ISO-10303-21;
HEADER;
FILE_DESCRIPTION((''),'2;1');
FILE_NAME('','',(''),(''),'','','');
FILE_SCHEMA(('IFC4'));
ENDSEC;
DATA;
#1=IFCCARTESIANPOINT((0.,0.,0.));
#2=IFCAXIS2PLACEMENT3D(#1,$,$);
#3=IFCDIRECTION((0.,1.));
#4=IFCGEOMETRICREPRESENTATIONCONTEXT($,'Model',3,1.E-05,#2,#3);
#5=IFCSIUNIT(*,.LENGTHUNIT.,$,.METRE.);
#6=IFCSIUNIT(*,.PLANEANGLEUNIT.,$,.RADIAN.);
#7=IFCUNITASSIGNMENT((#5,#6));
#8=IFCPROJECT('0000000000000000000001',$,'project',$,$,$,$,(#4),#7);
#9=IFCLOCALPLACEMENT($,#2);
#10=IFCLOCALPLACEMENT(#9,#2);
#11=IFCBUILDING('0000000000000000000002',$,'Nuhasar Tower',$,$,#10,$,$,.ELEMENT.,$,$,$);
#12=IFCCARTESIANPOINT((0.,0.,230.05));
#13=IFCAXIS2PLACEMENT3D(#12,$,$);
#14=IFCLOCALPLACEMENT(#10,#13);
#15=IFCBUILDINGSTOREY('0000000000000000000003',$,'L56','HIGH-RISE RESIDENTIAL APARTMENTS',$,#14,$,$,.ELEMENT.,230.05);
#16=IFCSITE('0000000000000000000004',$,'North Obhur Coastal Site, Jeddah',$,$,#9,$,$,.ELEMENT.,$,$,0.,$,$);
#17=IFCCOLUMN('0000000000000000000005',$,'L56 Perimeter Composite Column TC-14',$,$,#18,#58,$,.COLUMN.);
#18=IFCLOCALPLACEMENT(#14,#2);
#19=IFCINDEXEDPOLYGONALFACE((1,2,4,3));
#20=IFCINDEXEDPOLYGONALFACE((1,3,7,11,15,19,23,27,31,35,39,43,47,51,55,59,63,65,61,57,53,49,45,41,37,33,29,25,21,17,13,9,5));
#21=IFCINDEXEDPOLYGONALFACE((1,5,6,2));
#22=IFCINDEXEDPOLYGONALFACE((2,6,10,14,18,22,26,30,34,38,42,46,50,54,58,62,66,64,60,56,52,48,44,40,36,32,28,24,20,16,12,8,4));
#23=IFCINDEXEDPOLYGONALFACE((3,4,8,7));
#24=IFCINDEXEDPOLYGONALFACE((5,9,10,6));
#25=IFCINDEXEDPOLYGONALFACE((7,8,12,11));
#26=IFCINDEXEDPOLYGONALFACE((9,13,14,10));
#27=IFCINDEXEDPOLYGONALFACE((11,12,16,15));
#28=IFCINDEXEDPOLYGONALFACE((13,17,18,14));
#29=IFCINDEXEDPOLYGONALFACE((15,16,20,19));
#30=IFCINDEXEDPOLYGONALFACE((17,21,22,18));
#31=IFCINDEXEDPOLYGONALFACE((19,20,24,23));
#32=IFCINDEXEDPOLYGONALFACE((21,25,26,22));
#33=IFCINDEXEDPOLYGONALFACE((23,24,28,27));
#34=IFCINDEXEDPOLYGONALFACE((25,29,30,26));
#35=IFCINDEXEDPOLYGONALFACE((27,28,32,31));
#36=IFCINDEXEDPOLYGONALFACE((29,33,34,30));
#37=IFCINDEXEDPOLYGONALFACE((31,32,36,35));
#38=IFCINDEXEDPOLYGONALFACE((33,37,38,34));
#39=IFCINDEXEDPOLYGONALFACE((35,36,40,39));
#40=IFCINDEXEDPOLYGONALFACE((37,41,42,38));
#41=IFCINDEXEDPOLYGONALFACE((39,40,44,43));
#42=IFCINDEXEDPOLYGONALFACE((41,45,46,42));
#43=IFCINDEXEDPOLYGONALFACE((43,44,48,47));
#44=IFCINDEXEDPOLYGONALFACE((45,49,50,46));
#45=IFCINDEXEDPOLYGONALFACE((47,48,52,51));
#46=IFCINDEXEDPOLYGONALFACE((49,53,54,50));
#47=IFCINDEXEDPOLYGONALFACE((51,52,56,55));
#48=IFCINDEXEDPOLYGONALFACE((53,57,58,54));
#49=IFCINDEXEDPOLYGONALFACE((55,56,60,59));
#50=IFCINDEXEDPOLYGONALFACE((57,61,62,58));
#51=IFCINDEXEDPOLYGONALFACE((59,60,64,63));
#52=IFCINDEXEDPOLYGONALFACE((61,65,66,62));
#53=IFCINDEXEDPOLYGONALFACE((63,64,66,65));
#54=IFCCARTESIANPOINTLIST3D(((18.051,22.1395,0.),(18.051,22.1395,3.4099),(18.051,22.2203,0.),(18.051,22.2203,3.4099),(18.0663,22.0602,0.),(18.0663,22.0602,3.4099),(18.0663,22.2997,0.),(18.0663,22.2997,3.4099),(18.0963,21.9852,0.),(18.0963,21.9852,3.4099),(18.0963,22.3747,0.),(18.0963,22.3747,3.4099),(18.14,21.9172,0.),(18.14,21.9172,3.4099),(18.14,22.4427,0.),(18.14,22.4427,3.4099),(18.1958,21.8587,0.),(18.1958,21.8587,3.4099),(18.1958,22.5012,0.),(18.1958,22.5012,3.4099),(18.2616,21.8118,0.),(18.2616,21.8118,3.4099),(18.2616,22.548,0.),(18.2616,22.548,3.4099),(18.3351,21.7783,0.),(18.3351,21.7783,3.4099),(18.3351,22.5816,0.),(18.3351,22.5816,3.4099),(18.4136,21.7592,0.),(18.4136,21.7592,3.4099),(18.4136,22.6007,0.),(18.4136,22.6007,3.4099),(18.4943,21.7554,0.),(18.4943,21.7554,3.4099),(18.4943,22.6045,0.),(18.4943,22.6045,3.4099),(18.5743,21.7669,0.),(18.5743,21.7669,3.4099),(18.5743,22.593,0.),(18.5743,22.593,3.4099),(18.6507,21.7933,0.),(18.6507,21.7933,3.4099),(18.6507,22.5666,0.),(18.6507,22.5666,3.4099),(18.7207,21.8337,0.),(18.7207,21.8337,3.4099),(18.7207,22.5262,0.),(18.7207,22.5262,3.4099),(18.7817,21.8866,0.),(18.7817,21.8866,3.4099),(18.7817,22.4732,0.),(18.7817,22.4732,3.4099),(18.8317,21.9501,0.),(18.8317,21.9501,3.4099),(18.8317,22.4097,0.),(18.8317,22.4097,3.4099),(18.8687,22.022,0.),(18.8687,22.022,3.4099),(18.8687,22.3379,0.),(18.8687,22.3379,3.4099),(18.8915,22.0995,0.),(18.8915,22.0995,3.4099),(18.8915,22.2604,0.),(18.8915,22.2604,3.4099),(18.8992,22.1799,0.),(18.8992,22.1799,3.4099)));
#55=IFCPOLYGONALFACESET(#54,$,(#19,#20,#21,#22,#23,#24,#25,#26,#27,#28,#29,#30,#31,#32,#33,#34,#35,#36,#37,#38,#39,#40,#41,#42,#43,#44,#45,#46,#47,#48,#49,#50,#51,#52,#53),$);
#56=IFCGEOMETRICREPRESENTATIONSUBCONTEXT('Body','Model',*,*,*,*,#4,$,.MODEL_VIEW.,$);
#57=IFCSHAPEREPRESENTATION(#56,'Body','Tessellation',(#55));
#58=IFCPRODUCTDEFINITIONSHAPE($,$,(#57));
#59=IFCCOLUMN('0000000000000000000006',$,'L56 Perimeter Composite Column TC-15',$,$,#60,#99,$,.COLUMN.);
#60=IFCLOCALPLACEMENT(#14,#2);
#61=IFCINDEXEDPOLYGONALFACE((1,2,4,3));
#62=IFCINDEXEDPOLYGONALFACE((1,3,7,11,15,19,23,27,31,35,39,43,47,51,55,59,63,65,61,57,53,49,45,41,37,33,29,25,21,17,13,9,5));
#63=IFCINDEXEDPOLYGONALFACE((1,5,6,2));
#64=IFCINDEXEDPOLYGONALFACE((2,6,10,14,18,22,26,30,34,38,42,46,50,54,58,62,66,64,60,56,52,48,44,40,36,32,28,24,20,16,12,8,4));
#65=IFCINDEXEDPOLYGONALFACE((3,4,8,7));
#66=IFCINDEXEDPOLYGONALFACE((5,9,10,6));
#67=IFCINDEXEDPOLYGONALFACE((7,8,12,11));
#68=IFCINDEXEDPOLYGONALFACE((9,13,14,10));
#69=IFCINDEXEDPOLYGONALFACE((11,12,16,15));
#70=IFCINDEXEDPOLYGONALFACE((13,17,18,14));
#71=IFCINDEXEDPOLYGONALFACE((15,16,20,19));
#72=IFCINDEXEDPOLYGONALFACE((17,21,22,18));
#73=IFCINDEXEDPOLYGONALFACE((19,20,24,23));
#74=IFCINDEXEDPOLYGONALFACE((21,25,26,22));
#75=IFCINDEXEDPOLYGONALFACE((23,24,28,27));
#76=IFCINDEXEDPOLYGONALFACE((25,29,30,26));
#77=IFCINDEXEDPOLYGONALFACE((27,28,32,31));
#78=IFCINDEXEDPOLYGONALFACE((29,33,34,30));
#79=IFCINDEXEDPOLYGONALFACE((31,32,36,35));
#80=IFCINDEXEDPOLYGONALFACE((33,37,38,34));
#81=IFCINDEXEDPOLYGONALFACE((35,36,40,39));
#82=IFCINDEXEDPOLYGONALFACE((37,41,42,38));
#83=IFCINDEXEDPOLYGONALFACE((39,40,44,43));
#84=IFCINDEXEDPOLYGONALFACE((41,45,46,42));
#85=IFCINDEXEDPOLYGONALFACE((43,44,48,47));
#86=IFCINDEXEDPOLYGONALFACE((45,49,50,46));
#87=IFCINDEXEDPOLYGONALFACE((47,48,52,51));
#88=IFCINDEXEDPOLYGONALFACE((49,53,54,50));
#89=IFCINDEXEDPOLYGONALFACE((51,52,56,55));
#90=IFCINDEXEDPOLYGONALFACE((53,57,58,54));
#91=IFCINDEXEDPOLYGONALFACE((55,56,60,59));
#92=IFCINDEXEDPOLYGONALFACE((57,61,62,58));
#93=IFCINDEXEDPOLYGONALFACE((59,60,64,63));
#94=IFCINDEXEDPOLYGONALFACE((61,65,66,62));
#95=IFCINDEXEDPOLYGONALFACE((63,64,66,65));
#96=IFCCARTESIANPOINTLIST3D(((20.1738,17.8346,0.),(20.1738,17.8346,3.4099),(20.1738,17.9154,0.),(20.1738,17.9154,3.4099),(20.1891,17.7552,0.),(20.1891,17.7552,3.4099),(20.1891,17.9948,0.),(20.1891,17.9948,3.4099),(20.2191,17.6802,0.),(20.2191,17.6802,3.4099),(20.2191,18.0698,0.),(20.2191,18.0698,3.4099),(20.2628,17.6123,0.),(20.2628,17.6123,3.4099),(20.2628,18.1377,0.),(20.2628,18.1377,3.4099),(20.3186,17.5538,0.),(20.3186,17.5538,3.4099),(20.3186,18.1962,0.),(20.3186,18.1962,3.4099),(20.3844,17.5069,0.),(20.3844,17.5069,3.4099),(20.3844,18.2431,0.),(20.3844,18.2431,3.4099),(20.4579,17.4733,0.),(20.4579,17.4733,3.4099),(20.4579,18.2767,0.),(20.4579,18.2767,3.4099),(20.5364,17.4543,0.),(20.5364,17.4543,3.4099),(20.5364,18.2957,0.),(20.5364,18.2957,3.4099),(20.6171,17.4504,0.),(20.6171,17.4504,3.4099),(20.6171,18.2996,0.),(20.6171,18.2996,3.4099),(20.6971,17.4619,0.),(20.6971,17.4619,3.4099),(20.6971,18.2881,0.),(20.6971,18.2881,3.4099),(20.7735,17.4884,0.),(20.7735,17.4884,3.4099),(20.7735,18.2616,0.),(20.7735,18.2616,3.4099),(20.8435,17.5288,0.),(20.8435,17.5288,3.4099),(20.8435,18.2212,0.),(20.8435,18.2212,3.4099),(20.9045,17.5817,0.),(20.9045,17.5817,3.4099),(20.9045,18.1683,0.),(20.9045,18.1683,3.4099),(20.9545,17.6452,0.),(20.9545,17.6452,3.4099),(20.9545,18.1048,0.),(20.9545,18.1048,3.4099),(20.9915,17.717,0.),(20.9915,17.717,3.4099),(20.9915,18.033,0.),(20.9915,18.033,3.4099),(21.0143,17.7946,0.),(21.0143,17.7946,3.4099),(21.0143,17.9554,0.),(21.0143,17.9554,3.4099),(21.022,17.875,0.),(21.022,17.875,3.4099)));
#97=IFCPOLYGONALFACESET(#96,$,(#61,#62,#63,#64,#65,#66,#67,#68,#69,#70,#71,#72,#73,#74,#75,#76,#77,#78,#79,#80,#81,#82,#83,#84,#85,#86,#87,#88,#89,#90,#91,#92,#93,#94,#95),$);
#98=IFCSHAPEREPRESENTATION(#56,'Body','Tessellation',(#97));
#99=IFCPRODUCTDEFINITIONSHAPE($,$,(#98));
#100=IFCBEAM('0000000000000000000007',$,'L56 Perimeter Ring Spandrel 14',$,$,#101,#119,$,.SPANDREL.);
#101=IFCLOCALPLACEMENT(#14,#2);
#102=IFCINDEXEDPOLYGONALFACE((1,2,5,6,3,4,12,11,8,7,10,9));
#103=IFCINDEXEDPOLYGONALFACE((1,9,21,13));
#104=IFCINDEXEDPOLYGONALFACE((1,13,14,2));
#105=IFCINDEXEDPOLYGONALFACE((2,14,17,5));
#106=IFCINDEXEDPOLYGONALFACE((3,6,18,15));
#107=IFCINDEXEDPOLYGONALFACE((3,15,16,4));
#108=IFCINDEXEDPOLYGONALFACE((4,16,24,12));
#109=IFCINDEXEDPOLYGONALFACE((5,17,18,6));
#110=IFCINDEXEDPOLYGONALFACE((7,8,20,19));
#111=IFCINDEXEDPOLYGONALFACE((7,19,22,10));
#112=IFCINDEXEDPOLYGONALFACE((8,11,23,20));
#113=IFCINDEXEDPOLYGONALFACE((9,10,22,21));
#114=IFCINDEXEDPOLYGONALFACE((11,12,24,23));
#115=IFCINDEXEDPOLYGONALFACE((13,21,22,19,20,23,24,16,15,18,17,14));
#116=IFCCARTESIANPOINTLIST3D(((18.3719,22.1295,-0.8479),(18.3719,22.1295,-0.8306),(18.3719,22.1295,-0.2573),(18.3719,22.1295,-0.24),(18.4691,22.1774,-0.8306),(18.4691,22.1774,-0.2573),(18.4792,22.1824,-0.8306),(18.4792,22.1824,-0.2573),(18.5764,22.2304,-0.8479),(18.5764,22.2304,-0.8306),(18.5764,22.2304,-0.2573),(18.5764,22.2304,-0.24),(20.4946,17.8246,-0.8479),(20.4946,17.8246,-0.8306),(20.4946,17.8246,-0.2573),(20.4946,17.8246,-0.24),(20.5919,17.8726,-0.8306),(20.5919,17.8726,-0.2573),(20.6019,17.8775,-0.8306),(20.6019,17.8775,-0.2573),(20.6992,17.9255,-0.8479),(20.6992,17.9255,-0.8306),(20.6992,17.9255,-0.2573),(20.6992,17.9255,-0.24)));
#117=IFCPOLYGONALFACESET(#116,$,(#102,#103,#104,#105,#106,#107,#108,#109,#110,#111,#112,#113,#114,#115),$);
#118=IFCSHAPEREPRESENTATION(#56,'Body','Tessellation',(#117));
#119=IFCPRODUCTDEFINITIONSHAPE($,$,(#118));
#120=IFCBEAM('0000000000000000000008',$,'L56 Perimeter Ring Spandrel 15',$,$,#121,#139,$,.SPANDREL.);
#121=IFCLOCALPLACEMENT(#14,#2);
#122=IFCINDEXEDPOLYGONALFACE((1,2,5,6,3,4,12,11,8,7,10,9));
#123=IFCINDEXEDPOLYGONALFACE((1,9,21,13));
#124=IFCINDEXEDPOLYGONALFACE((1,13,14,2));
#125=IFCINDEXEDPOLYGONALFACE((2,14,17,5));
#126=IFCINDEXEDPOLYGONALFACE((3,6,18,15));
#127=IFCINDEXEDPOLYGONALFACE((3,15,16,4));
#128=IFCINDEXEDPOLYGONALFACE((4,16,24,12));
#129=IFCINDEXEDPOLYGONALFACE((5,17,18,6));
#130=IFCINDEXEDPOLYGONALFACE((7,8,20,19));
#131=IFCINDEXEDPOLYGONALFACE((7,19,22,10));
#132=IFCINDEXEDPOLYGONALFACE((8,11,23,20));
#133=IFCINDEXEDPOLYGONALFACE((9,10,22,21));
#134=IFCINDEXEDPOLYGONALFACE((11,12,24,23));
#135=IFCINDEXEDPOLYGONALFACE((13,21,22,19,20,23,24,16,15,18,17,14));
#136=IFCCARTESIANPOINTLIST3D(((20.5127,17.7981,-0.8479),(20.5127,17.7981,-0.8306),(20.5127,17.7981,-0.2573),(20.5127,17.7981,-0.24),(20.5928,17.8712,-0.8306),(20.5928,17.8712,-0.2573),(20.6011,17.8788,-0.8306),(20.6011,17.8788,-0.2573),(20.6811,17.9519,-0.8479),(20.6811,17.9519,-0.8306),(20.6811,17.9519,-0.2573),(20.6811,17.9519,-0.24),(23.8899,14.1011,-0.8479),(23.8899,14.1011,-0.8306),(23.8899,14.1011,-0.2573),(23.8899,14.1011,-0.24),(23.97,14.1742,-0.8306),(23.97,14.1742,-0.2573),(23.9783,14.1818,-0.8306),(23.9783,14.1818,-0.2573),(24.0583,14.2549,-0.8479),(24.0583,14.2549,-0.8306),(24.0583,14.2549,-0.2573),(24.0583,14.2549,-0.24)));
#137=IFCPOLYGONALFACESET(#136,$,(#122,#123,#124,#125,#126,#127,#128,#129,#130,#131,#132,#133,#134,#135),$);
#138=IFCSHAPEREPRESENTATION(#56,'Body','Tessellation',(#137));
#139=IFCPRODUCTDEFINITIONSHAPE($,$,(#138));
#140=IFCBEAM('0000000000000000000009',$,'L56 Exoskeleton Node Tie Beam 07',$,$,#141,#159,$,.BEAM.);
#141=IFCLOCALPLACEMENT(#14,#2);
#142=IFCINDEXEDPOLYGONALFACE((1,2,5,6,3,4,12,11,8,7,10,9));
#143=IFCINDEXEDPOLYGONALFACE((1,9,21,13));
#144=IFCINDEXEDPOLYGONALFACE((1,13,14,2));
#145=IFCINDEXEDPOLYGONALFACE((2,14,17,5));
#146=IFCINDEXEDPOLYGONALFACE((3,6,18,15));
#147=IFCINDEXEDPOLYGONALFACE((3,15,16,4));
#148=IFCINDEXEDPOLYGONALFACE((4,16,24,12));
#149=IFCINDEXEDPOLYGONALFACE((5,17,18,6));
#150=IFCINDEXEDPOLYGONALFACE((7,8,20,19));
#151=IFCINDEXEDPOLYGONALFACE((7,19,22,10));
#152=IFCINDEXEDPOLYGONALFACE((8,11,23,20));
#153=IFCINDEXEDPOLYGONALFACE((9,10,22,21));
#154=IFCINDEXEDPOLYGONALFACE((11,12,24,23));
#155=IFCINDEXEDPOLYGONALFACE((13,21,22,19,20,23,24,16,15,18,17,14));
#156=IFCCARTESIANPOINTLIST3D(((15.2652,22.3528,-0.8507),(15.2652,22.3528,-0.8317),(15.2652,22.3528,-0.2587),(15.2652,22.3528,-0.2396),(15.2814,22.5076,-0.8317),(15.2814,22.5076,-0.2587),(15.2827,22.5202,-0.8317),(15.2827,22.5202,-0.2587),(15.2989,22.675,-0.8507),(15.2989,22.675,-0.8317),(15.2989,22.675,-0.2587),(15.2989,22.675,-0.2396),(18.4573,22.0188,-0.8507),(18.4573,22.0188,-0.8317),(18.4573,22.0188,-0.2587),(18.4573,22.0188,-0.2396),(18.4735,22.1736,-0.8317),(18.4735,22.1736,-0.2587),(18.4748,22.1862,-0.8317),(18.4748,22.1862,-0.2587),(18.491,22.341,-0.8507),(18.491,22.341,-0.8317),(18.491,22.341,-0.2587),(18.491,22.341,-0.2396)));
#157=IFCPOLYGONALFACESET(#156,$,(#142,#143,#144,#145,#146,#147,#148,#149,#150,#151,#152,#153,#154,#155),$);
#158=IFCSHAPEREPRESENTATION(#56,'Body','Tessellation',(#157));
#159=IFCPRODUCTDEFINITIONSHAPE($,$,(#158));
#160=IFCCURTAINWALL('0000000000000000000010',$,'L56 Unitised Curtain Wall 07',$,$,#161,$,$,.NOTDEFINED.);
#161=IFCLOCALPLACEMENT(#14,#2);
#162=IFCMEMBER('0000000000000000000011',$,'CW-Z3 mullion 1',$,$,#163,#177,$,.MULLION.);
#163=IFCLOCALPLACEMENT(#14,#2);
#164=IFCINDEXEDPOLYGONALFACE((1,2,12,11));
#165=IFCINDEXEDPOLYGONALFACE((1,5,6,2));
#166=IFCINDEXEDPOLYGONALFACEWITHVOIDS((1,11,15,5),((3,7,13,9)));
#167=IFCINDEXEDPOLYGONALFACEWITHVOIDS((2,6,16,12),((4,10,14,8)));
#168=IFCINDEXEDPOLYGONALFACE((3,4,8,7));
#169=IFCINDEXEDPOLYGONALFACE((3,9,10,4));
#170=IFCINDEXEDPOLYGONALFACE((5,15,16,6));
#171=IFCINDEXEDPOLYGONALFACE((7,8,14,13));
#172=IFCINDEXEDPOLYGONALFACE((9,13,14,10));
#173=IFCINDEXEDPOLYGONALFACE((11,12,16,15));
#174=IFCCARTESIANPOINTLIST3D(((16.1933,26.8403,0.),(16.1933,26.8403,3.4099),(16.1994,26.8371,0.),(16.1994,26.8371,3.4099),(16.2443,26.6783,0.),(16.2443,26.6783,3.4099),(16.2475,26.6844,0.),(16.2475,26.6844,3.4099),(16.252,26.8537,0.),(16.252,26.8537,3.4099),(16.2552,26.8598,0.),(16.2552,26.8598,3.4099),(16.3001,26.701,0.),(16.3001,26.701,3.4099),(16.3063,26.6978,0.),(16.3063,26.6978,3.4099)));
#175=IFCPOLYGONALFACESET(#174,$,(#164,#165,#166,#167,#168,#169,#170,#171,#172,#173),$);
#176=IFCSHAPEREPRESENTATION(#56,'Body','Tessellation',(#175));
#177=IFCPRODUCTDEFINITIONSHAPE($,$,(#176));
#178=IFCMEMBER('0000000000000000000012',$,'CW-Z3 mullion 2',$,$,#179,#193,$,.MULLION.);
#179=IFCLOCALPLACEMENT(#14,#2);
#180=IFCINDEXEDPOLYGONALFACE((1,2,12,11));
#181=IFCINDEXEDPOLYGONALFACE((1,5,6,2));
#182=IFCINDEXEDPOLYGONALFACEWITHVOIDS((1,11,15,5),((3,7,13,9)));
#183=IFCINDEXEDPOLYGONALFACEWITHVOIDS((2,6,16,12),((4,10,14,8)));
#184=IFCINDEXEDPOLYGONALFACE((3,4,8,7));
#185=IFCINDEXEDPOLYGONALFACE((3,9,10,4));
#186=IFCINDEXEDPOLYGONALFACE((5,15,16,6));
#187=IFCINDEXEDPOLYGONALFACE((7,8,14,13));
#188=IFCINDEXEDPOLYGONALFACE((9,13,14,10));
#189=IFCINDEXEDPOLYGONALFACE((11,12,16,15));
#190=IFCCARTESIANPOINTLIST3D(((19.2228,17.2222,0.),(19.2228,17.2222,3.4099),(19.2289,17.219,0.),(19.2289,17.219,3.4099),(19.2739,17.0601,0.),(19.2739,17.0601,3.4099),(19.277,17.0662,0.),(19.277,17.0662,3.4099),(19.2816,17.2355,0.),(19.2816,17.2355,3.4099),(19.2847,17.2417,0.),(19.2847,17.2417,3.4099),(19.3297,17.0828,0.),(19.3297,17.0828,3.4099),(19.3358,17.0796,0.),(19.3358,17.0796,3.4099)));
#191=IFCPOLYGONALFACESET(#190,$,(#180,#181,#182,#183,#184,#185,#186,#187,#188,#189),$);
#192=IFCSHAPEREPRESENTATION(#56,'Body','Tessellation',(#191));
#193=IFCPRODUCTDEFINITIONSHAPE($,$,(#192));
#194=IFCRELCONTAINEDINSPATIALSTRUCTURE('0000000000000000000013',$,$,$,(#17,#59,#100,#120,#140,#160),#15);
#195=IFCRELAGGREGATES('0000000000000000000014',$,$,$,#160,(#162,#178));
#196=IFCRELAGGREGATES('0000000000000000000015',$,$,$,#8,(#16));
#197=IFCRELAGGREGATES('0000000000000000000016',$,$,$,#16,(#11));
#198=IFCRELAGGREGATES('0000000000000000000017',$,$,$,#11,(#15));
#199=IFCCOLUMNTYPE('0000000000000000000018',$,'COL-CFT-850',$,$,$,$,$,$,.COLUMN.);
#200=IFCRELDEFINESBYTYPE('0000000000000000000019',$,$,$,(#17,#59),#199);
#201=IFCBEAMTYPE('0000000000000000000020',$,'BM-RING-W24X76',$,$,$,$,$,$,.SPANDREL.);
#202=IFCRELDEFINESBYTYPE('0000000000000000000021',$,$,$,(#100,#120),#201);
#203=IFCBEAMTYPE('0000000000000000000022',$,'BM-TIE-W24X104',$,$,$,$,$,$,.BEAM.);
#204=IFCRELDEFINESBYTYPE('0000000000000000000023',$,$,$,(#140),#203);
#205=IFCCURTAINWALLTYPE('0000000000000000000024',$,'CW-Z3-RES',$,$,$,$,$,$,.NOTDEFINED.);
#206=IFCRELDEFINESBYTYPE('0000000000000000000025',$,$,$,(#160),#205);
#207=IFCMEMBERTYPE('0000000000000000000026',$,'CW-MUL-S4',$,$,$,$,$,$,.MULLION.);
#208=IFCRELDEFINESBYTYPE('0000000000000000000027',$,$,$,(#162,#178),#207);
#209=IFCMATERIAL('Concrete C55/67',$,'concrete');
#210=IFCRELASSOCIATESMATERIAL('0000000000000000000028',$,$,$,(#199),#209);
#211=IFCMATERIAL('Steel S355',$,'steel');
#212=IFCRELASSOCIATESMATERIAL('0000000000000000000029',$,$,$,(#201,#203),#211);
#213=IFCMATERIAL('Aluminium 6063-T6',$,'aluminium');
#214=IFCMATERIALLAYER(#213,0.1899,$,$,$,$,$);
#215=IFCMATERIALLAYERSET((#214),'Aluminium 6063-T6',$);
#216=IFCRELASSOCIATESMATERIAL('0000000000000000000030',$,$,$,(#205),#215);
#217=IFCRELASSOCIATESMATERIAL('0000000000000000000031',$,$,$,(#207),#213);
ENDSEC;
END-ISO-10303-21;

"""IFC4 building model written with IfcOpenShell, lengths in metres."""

from ifc_helpers import new_model, si_unit, direction, frame, origin, origin_2d, place, context, subcontext, project, spatial, hollow_rectangle, circle, i_section, extrude, material, layer, layer_set, material_profile, profile_set, type_object, element, aggregate, save


model = new_model("IFC4")

# Units and contexts
model_context = context("Model", 3, precision=1e-05, world=origin(), true_north=direction((0.0, 1.0)))
body_context = subcontext(model_context, "Body", "Model", "MODEL_VIEW")
ifc_project = project(units=[si_unit("LENGTHUNIT", "METRE"), si_unit("PLANEANGLEUNIT", "RADIAN")], contexts=[model_context])

# Site, building, storey
site_placement = place(None, origin())
site = spatial("IfcSite", under=ifc_project, at=site_placement, Name="North Obhur Coastal Site, Jeddah", CompositionType="ELEMENT", RefElevation=0.0)
building_placement = place(site_placement, origin())
building = spatial("IfcBuilding", under=site, at=building_placement, Name="Nuhasar Tower", CompositionType="ELEMENT")
storey_placement = place(building_placement, frame((0.0, 0.0, 230.05)))
storey = spatial("IfcBuildingStorey", under=building, at=storey_placement, Name="L56", Description="HIGH-RISE RESIDENTIAL APARTMENTS", CompositionType="ELEMENT", Elevation=230.05)

# Columns
ifc_material_1 = material(Name="Concrete C55/67", Category="concrete")
ifc_material_profile_1 = material_profile(ifc_material_1, circle(Radius=0.425, at=origin_2d()), Name="CFT850")
ifc_profile_set_1 = profile_set([ifc_material_profile_1], Name="Concrete C55/67")
column_type = type_object("IfcColumnType", Name="COL-CFT-850", PredefinedType="COLUMN", material=ifc_profile_set_1)
for number, where, z_axis, x_axis, name in (
    (1, (18.4741, 22.1799, 0.0), (0.0, 0.0, 1.0), (1.0, 0.0, 0.0), "L56 Perimeter Composite Column TC-14"),
    (2, (20.5969, 17.875, 0.0), (0.0, 0.0, 1.0), (1.0, 0.0, 0.0), "L56 Perimeter Composite Column TC-15"),
):
    element("IfcColumn", number, at=place(storey_placement, frame(where, z_axis=z_axis, x_axis=x_axis)), inside=storey, type_object=column_type, Name=name, PredefinedType="COLUMN", context=body_context, shape_type="SweptSolid", body=[
        extrude(circle(Radius=0.425, at=origin_2d()), origin(), (0.0, 0.0, 1.0), 3.4099),
    ])

# Beams
ifc_material_2 = material(Name="Steel S355", Category="steel")
ifc_material_profile_2 = material_profile(ifc_material_2, i_section(OverallWidth=0.228, OverallDepth=0.6079, WebThickness=0.0112, FlangeThickness=0.0173, at=origin_2d()), Name="W24X76")
ifc_profile_set_2 = profile_set([ifc_material_profile_2], Name="Steel S355")
beam_type_1 = type_object("IfcBeamType", Name="BM-RING-W24X76", PredefinedType="SPANDREL", material=ifc_profile_set_2)
beam_1_placement = place(storey_placement, frame((18.4741, 22.1799, -0.5439), z_axis=(0.442263, -0.896886, 0.0), x_axis=(0.896886, 0.442263, 0.0)))
element("IfcBeam", 3, at=beam_1_placement, inside=storey, type_object=beam_type_1, Name="L56 Perimeter Ring Spandrel 14", PredefinedType="SPANDREL", context=body_context, shape_type="SweptSolid", body=[
    extrude(i_section(OverallWidth=0.228, OverallDepth=0.6079, WebThickness=0.0112, FlangeThickness=0.0173, at=origin_2d()), origin(), (0.0, 0.0, 1.0), 4.7998),
])
beam_2_placement = place(storey_placement, frame((20.5969, 17.875, -0.5439), z_axis=(0.67445, -0.738321, 0.0), x_axis=(0.738321, 0.67445, 0.0)))
element("IfcBeam", 4, at=beam_2_placement, inside=storey, type_object=beam_type_1, Name="L56 Perimeter Ring Spandrel 15", PredefinedType="SPANDREL", context=body_context, shape_type="SweptSolid", body=[
    extrude(i_section(OverallWidth=0.228, OverallDepth=0.6079, WebThickness=0.0112, FlangeThickness=0.0173, at=origin_2d()), origin(), (0.0, 0.0, 1.0), 5.0073),
])
ifc_material_profile_3 = material_profile(ifc_material_2, i_section(OverallWidth=0.324, OverallDepth=0.6111, WebThickness=0.0127, FlangeThickness=0.019, at=origin_2d()), Name="W24X104")
ifc_profile_set_3 = profile_set([ifc_material_profile_3], Name="Steel S355")
beam_type_2 = type_object("IfcBeamType", Name="BM-TIE-W24X104", PredefinedType="BEAM", material=ifc_profile_set_3)
beam_3_placement = place(storey_placement, frame((18.4741, 22.1799, -0.5452), z_axis=(-0.994571, 0.104059, 0.0), x_axis=(-0.104059, -0.994571, 0.0)))
element("IfcBeam", 5, at=beam_3_placement, inside=storey, type_object=beam_type_2, Name="L56 Exoskeleton Node Tie Beam 07", PredefinedType="BEAM", context=body_context, shape_type="SweptSolid", body=[
    extrude(i_section(OverallWidth=0.324, OverallDepth=0.6111, WebThickness=0.0127, FlangeThickness=0.019, at=origin_2d()), origin(), (0.0, 0.0, 1.0), 3.2095),
])

# Curtain wall, members
ifc_material_3 = material(Name="Aluminium 6063-T6", Category="aluminium")
ifc_layer_1 = layer(ifc_material_3, 0.1899)
ifc_layer_set_1 = layer_set([ifc_layer_1], Name="Aluminium 6063-T6")
curtain_wall_type = type_object("IfcCurtainWallType", Name="CW-Z3-RES", PredefinedType="NOTDEFINED", material=ifc_layer_set_1)
curtain_wall_1_placement = place(storey_placement, origin())
curtain_wall_1 = element("IfcCurtainWall", 6, at=curtain_wall_1_placement, inside=storey, type_object=curtain_wall_type, Name="L56 Unitised Curtain Wall 07", PredefinedType="NOTDEFINED")
ifc_material_profile_4 = material_profile(ifc_material_3, hollow_rectangle(XDim=0.0649, YDim=0.1699, WallThickness=0.0049, at=origin_2d()), Name="CWM-4")
ifc_profile_set_4 = profile_set([ifc_material_profile_4], Name="Aluminium 6063-T6")
member_type_1 = type_object("IfcMemberType", Name="CW-MUL-S4", PredefinedType="MULLION", material=ifc_profile_set_4)
member_1_placement = place(storey_placement, frame((16.2498, 26.769, 0.0), z_axis=(0.0, 0.0, 1.0), x_axis=(0.953804, 0.300429, 0.0)))
member_1 = element("IfcMember", 7, at=member_1_placement, type_object=member_type_1, Name="CW-Z3 mullion 1", PredefinedType="MULLION", context=body_context, shape_type="SweptSolid", body=[
    extrude(hollow_rectangle(XDim=0.0649, YDim=0.1699, WallThickness=0.0049, at=origin_2d()), origin(), (0.0, 0.0, 1.0), 3.4099),
])
member_2_placement = place(storey_placement, frame((19.2793, 17.1509, 0.0), z_axis=(0.0, 0.0, 1.0), x_axis=(0.953804, 0.300429, 0.0)))
member_2 = element("IfcMember", 8, at=member_2_placement, type_object=member_type_1, Name="CW-Z3 mullion 2", PredefinedType="MULLION", context=body_context, shape_type="SweptSolid", body=[
    extrude(hollow_rectangle(XDim=0.0649, YDim=0.1699, WallThickness=0.0049, at=origin_2d()), origin(), (0.0, 0.0, 1.0), 3.4099),
])

aggregate(curtain_wall_1, [member_1, member_2])

save(model, "model.ifc")
